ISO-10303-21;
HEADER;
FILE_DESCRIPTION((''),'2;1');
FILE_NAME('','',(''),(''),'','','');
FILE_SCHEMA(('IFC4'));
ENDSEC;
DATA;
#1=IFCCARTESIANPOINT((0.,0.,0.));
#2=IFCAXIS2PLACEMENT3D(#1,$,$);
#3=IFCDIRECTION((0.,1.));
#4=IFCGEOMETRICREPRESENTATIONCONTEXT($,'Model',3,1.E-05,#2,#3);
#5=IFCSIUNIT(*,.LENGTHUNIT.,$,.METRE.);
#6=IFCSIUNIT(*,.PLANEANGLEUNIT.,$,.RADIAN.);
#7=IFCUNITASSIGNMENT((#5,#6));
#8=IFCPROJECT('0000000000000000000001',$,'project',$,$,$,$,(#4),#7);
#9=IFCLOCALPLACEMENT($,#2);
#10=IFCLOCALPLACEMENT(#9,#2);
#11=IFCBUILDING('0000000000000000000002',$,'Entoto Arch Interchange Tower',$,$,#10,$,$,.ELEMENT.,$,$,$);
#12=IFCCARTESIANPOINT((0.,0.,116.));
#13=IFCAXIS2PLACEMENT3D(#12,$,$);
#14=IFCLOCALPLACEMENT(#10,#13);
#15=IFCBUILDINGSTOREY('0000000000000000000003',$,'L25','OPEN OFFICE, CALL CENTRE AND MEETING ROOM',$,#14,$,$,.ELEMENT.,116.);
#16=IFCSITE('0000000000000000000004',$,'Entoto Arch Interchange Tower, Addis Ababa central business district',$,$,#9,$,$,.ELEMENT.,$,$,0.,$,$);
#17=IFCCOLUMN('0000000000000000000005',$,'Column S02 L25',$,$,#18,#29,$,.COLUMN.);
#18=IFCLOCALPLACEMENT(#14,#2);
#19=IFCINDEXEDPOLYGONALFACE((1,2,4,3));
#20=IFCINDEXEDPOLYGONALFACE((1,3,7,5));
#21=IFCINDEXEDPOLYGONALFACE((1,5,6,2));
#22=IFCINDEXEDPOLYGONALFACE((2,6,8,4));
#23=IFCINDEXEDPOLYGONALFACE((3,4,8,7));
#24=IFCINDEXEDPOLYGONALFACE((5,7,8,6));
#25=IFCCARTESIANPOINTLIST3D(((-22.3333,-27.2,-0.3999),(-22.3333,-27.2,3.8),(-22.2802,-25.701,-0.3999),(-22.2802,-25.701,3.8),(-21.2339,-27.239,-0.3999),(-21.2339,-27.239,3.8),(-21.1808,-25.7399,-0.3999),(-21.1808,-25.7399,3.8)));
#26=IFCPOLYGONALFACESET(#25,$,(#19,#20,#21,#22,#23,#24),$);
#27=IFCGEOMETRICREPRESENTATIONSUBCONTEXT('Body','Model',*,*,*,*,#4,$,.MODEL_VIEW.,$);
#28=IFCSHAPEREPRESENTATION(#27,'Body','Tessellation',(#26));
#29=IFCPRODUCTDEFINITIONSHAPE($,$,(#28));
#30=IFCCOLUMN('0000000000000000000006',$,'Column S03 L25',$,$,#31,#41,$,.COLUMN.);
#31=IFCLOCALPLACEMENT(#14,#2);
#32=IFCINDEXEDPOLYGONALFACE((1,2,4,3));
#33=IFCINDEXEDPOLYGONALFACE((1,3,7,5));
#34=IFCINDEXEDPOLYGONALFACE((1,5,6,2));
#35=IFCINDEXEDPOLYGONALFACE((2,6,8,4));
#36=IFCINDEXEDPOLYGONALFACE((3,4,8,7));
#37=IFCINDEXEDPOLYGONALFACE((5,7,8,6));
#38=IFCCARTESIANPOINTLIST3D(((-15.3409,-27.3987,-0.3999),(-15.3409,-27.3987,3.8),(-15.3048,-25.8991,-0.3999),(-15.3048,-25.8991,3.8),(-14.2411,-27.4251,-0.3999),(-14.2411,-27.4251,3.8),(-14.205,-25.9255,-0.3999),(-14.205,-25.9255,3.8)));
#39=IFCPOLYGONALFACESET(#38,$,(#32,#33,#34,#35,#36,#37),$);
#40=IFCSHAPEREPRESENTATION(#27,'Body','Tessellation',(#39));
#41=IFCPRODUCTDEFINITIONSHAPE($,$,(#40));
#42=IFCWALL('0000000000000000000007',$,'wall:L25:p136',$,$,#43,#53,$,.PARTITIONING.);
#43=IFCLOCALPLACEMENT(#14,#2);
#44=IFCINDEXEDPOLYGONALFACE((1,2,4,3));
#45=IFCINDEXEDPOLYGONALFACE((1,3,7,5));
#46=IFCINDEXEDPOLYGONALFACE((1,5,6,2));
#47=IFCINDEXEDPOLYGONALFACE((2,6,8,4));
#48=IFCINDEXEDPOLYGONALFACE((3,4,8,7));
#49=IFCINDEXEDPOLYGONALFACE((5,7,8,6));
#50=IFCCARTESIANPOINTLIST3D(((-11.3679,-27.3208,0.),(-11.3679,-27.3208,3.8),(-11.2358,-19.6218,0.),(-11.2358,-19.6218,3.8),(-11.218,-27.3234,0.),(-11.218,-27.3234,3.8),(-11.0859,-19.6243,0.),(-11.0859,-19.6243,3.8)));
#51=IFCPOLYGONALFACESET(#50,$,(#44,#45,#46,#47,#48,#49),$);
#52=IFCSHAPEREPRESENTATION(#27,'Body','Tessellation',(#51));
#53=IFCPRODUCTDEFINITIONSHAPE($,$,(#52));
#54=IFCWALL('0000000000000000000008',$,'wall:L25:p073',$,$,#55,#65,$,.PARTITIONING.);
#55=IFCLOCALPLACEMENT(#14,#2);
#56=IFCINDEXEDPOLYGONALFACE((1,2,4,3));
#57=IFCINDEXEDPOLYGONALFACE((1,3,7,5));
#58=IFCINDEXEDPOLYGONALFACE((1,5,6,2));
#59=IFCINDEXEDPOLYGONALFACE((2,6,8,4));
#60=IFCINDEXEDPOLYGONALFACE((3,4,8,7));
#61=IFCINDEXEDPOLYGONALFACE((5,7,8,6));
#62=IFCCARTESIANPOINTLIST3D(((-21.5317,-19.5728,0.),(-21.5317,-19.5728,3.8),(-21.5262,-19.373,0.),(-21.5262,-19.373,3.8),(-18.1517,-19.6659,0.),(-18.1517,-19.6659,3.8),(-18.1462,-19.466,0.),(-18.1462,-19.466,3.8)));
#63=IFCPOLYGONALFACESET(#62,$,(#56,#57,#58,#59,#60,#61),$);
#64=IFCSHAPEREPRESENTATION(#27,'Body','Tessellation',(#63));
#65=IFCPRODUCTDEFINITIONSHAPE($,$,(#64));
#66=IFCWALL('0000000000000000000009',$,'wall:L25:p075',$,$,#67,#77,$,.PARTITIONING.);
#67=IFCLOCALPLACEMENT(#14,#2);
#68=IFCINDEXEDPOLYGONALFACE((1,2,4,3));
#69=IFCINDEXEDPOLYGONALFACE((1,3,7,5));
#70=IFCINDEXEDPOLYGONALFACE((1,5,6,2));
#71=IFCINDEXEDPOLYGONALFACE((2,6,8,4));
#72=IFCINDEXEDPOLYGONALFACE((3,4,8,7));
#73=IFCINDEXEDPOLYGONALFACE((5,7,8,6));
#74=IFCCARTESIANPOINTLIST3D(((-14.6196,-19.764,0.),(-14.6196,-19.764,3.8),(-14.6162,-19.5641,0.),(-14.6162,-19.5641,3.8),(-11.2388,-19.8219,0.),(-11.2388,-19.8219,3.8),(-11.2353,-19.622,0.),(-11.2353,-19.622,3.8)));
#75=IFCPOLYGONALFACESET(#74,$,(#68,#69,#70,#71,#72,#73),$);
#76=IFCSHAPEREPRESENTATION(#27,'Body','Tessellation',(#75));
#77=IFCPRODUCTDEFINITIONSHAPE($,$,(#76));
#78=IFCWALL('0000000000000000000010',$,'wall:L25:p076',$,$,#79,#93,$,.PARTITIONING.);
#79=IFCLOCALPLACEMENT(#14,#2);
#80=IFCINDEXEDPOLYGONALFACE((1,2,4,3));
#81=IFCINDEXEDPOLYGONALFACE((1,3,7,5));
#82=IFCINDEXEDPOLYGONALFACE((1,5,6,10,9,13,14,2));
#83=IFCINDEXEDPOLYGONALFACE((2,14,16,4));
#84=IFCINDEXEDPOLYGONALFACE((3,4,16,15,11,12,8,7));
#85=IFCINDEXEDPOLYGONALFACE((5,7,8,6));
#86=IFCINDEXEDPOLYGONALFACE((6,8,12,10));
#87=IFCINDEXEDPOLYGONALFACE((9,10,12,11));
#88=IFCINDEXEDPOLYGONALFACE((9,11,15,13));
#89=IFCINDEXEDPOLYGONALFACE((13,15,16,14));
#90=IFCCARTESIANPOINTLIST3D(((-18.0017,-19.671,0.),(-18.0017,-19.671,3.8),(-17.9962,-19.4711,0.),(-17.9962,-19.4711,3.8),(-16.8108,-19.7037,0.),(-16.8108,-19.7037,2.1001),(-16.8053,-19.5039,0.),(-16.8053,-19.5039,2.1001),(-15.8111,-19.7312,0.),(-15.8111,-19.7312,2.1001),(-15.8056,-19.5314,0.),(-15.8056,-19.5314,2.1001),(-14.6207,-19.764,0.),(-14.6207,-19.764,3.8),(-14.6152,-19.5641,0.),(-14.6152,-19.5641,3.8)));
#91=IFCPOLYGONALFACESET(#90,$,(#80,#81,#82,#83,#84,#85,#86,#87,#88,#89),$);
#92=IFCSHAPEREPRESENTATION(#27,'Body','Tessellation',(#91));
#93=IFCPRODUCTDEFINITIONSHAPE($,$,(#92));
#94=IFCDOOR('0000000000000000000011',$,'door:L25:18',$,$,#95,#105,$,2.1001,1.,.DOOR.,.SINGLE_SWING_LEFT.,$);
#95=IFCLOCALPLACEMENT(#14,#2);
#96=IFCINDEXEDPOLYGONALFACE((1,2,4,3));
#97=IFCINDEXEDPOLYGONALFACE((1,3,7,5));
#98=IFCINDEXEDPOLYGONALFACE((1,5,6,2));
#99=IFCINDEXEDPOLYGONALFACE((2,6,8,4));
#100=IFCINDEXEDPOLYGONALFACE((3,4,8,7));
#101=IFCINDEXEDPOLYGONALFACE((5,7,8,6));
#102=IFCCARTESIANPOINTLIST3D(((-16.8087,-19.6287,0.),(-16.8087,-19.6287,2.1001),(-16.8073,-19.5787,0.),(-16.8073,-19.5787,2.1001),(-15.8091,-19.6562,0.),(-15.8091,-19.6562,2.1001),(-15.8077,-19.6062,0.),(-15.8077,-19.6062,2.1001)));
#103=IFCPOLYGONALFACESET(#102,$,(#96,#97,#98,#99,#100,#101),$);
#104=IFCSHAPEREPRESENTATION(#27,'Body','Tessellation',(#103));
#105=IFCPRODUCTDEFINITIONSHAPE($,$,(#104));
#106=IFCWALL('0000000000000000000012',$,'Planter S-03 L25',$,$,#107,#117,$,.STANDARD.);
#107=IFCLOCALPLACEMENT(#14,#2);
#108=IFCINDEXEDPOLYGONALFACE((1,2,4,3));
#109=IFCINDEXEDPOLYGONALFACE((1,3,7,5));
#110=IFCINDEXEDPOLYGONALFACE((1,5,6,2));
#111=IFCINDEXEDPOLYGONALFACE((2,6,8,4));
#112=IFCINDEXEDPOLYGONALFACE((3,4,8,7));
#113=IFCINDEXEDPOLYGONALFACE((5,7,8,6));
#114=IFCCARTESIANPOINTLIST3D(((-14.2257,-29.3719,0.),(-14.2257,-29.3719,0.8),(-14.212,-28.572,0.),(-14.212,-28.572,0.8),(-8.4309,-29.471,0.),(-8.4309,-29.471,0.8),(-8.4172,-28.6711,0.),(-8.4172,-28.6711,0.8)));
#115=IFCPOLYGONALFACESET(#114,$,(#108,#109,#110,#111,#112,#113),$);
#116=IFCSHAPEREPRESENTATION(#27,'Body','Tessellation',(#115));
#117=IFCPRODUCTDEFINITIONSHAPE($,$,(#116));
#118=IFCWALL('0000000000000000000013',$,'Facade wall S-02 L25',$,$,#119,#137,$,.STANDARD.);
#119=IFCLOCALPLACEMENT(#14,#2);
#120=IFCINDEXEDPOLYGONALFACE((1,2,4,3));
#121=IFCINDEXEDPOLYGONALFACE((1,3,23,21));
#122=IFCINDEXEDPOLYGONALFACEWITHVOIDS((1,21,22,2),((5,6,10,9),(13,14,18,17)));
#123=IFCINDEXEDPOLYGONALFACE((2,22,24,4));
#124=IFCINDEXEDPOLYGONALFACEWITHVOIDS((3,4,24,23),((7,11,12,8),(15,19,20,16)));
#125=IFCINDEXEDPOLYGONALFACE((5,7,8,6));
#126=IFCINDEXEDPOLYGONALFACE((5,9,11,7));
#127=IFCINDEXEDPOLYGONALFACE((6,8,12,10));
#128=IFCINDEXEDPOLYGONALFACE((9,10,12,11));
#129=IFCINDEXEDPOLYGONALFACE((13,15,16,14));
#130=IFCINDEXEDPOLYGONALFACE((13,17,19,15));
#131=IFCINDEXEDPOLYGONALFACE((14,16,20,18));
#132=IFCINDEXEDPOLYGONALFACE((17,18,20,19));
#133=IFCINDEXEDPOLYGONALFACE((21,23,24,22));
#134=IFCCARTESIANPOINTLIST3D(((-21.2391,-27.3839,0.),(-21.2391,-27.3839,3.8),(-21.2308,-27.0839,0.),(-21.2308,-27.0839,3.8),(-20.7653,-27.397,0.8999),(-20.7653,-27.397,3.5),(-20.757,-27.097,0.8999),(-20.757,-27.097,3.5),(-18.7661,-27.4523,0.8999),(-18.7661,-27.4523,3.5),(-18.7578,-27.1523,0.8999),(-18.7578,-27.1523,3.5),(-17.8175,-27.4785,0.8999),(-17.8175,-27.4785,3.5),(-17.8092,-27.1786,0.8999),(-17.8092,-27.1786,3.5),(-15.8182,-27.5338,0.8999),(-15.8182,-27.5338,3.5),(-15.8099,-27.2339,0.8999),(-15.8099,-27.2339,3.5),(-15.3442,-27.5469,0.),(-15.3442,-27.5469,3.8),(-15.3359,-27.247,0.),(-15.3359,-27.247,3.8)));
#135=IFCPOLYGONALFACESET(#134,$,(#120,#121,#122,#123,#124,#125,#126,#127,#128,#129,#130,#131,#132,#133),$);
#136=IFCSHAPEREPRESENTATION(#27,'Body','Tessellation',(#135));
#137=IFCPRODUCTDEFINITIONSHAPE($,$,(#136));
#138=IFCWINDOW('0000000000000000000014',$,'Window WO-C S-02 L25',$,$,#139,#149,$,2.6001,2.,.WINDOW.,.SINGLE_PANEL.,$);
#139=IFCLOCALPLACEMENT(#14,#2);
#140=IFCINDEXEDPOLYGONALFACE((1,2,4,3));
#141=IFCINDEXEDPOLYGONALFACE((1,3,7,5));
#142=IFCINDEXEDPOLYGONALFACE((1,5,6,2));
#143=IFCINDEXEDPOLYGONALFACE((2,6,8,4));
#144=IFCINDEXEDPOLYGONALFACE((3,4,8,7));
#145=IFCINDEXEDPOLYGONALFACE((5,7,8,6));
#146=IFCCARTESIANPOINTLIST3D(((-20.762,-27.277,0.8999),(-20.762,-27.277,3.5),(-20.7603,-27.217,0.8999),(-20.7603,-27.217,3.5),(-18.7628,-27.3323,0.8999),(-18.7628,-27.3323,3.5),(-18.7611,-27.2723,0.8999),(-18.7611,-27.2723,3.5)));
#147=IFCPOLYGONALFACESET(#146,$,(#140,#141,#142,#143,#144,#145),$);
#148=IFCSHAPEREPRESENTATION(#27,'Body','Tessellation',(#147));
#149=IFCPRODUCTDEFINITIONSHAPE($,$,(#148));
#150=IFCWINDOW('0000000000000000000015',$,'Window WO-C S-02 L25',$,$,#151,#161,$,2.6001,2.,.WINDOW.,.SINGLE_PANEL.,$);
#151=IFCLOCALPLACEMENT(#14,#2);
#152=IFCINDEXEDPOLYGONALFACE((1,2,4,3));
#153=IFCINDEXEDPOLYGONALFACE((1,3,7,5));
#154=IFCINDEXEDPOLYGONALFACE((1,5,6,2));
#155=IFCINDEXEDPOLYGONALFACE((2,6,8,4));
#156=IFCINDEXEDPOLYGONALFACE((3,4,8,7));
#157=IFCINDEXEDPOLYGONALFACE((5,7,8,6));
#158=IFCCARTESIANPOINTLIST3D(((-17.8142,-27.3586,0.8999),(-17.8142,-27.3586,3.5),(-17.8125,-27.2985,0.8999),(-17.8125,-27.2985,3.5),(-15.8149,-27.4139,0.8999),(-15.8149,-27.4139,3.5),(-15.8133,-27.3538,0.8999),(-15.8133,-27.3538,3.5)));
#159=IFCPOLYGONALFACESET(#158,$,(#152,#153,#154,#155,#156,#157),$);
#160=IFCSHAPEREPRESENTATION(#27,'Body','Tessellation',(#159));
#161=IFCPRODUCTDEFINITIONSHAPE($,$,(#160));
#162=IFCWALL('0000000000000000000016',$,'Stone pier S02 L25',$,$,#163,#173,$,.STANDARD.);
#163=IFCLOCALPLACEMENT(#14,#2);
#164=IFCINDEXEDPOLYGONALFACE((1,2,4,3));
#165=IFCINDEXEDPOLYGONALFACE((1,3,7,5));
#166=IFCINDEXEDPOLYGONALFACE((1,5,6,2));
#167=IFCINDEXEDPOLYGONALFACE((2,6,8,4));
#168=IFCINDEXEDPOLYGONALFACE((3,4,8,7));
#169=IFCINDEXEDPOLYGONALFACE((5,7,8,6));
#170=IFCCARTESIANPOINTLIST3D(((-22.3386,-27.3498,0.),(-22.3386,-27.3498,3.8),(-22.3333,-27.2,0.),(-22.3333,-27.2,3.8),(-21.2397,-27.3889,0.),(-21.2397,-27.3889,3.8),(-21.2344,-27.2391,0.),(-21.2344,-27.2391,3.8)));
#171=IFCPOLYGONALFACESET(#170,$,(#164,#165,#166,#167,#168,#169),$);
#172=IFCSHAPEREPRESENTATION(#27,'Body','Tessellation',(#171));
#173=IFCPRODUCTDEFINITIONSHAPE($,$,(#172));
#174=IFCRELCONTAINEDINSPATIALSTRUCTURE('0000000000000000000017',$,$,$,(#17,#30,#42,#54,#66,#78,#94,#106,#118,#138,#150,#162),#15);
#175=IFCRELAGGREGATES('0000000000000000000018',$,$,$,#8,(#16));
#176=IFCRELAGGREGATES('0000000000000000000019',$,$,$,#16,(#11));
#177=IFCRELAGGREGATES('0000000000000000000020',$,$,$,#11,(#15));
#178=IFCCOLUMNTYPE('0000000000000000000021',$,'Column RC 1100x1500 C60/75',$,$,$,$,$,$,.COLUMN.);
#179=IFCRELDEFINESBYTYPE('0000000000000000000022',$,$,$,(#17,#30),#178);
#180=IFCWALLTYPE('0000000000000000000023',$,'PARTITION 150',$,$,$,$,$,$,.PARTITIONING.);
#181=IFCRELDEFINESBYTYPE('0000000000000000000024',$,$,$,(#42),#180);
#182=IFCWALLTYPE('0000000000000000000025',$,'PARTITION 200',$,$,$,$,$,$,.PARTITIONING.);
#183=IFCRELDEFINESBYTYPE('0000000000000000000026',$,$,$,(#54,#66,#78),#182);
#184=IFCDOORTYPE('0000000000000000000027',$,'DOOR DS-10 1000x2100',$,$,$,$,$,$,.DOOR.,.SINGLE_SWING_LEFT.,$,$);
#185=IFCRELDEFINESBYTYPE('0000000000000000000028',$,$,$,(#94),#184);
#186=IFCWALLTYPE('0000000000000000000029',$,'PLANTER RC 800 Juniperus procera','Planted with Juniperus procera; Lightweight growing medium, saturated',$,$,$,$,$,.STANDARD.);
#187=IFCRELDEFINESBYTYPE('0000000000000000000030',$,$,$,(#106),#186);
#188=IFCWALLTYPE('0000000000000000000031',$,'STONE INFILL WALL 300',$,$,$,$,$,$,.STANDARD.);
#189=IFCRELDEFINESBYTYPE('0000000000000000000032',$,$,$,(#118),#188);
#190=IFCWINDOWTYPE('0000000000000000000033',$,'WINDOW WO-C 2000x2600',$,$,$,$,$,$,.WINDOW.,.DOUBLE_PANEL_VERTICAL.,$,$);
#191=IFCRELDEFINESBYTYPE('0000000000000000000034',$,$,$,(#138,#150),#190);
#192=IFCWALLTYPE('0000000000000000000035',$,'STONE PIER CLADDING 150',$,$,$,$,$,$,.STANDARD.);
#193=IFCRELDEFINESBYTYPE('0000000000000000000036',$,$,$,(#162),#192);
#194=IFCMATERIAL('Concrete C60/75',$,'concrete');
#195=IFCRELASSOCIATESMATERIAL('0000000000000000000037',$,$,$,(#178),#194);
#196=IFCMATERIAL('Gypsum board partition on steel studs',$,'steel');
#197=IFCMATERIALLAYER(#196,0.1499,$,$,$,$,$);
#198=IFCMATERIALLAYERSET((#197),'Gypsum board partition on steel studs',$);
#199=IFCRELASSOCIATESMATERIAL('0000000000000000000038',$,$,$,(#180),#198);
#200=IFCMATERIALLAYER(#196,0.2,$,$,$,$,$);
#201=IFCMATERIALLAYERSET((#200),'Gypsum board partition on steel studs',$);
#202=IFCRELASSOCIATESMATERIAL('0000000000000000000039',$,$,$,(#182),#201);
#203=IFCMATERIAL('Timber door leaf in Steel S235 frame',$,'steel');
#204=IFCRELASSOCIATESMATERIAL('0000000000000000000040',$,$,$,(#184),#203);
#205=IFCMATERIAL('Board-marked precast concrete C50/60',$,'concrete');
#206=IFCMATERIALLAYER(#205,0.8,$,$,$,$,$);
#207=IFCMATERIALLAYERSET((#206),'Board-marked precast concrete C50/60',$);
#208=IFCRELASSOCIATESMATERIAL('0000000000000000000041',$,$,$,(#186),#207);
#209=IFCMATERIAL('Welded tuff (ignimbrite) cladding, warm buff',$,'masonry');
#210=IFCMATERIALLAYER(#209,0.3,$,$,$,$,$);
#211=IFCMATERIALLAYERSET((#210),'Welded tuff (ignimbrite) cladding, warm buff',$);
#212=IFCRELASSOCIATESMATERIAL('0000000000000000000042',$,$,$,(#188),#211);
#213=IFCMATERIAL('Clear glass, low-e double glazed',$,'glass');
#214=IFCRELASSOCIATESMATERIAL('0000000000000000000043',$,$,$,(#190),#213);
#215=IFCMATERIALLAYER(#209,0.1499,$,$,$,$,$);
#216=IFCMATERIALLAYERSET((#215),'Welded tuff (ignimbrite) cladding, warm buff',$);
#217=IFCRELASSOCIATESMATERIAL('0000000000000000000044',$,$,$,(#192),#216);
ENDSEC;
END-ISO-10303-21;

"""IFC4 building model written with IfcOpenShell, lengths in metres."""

from ifc_helpers import new_model, si_unit, direction, frame, frame_2d, origin, origin_2d, place, context, subcontext, project, spatial, rectangle, extrude, material, layer, layer_set, material_profile, profile_set, type_object, element, fill, save


model = new_model("IFC4")

# Units and contexts
model_context = context("Model", 3, precision=1e-05, world=origin(), true_north=direction((0.0, 1.0)))
body_context = subcontext(model_context, "Body", "Model", "MODEL_VIEW")
ifc_project = project(units=[si_unit("LENGTHUNIT", "METRE"), si_unit("PLANEANGLEUNIT", "RADIAN")], contexts=[model_context])

# Site, building, storey
site_placement = place(None, origin())
site = spatial("IfcSite", under=ifc_project, at=site_placement, Name="Entoto Arch Interchange Tower, Addis Ababa central business district", CompositionType="ELEMENT", RefElevation=0.0)
building_placement = place(site_placement, origin())
building = spatial("IfcBuilding", under=site, at=building_placement, Name="Entoto Arch Interchange Tower", CompositionType="ELEMENT")
storey_placement = place(building_placement, frame((0.0, 0.0, 116.0)))
storey = spatial("IfcBuildingStorey", under=building, at=storey_placement, Name="L25", Description="OPEN OFFICE, CALL CENTRE AND MEETING ROOM", CompositionType="ELEMENT", Elevation=116.0)

# Columns
ifc_material_1 = material(Name="Concrete C60/75", Category="concrete")
ifc_material_profile = material_profile(ifc_material_1, rectangle(XDim=1.1001, YDim=1.5, at=origin_2d()))
ifc_profile_set = profile_set([ifc_material_profile], Name="Concrete C60/75")
column_type = type_object("IfcColumnType", Name="Column RC 1100x1500 C60/75", PredefinedType="COLUMN", material=ifc_profile_set)
for number, where, z_axis, x_axis, name in (
    (1, (-21.7571, -26.47, -0.3999), (0.0, 0.0, 1.0), (-0.999374, 0.035388, 0.0), "Column S02 L25"),
    (2, (-14.7729, -26.6621, -0.3999), (0.0, 0.0, 1.0), (-0.999711, 0.024031, 0.0), "Column S03 L25"),
):
    element("IfcColumn", number, at=place(storey_placement, frame(where, z_axis=z_axis, x_axis=x_axis)), inside=storey, type_object=column_type, Name=name, PredefinedType="COLUMN", context=body_context, shape_type="SweptSolid", body=[
        extrude(rectangle(XDim=1.1001, YDim=1.5, at=origin_2d()), origin(), (0.0, 0.0, 1.0), 4.2),
    ])

# Walls
ifc_material_2 = material(Name="Gypsum board partition on steel studs", Category="steel")
ifc_layer_1 = layer(ifc_material_2, 0.1499)
ifc_layer_set_1 = layer_set([ifc_layer_1], Name="Gypsum board partition on steel studs")
wall_type_1 = type_object("IfcWallType", Name="PARTITION 150", PredefinedType="PARTITIONING", material=ifc_layer_set_1)
wall_1_placement = place(storey_placement, frame((-11.1609, -19.623, 0.0), z_axis=(0.0, 0.0, 1.0), x_axis=(-0.017153, -0.999853, 0.0)))
element("IfcWall", 3, at=wall_1_placement, inside=storey, type_object=wall_type_1, Name="wall:L25:p136", PredefinedType="PARTITIONING", context=body_context, shape_type="SweptSolid", body=[
    extrude(rectangle(XDim=7.7002, YDim=0.1499, at=frame_2d((3.8501, 0.0))), origin(), (0.0, 0.0, 1.0), 3.8),
])
ifc_layer_2 = layer(ifc_material_2, 0.2)
ifc_layer_set_2 = layer_set([ifc_layer_2], Name="Gypsum board partition on steel studs")
wall_type_2 = type_object("IfcWallType", Name="PARTITION 200", PredefinedType="PARTITIONING", material=ifc_layer_set_2)
for number, where, z_axis, x_axis, name in (
    (4, (-18.1489, -19.5659, 0.0), (0.0, 0.0, 1.0), (-0.999622, 0.027509, 0.0), "wall:L25:p073"),
    (5, (-11.2371, -19.7219, 0.0), (0.0, 0.0, 1.0), (-0.999854, 0.017112, 0.0), "wall:L25:p075"),
):
    element("IfcWall", number, at=place(storey_placement, frame(where, z_axis=z_axis, x_axis=x_axis)), inside=storey, type_object=wall_type_2, Name=name, PredefinedType="PARTITIONING", context=body_context, shape_type="SweptSolid", body=[
        extrude(rectangle(XDim=3.3813, YDim=0.2, at=frame_2d((1.6907, 0.0))), origin(), (0.0, 0.0, 1.0), 3.8),
    ])

# Wall, opening, door
wall_2_placement = place(storey_placement, frame((-14.6179, -19.6641, 0.0), z_axis=(0.0, 0.0, 1.0), x_axis=(-0.999622, 0.027501, 0.0)))
wall_2 = element("IfcWall", 6, at=wall_2_placement, inside=storey, type_object=wall_type_2, Name="wall:L25:p076", PredefinedType="PARTITIONING", context=body_context, shape_type="SweptSolid", body=[
    extrude(rectangle(XDim=3.3823, YDim=0.2, at=frame_2d((1.6912, 0.0))), origin(), (0.0, 0.0, 1.0), 3.8),
])
opening_1_placement = place(wall_2_placement, frame((1.1909, 0.0, 0.0)))
opening_1 = element("IfcOpeningElement", 7, at=opening_1_placement, cuts=wall_2, PredefinedType="OPENING", context=body_context, shape_type="SweptSolid", body=[
    extrude(rectangle(XDim=1.0, YDim=2.1001, at=frame_2d((0.5, 1.05))), frame((0.0, 0.1099, 0.0), z_axis=(0.0, -1.0, 0.0), x_axis=(1.0, 0.0, 0.0)), (0.0, 0.0, 1.0), 0.22),
])
ifc_material_3 = material(Name="Timber door leaf in Steel S235 frame", Category="steel")
door_type_1 = type_object("IfcDoorType", Name="DOOR DS-10 1000x2100", OperationType="SINGLE_SWING_LEFT", PredefinedType="DOOR", material=ifc_material_3)
door_1_placement = place(opening_1_placement, origin())
door_1 = element("IfcDoor", 8, at=door_1_placement, inside=storey, type_object=door_type_1, Name="door:L25:18", OperationType="SINGLE_SWING_LEFT", OverallHeight=2.1001, OverallWidth=1.0, PredefinedType="DOOR", context=body_context, shape_type="SweptSolid", body=[
    extrude(rectangle(XDim=1.0, YDim=2.1001, at=frame_2d((0.5, 1.05))), frame((0.0, 0.0249, 0.0), z_axis=(0.0, -1.0, 0.0), x_axis=(1.0, 0.0, 0.0)), (0.0, 0.0, 1.0), 0.05),
])
fill(opening_1, door_1)

# Wall
ifc_material_4 = material(Name="Board-marked precast concrete C50/60", Category="concrete")
ifc_layer_3 = layer(ifc_material_4, 0.8)
ifc_layer_set_3 = layer_set([ifc_layer_3], Name="Board-marked precast concrete C50/60")
wall_type_3 = type_object("IfcWallType", Name="PLANTER RC 800 Juniperus procera", Description="Planted with Juniperus procera; Lightweight growing medium, saturated", PredefinedType="STANDARD", material=ifc_layer_set_3)
wall_3_placement = place(storey_placement, frame((-14.219, -28.9719, 0.0), z_axis=(0.0, 0.0, 1.0), x_axis=(0.999854, -0.017102, 0.0)))
element("IfcWall", 9, at=wall_3_placement, inside=storey, type_object=wall_type_3, Name="Planter S-03 L25", PredefinedType="STANDARD", context=body_context, shape_type="SweptSolid", body=[
    extrude(rectangle(XDim=5.7957, YDim=0.8, at=frame_2d((2.8979, 0.0))), origin(), (0.0, 0.0, 1.0), 0.8),
])

# Wall, openings, windows
ifc_material_5 = material(Name="Welded tuff (ignimbrite) cladding, warm buff", Category="masonry")
ifc_layer_4 = layer(ifc_material_5, 0.3)
ifc_layer_set_4 = layer_set([ifc_layer_4], Name="Welded tuff (ignimbrite) cladding, warm buff")
wall_type_4 = type_object("IfcWallType", Name="STONE INFILL WALL 300", PredefinedType="STANDARD", material=ifc_layer_set_4)
wall_4_placement = place(storey_placement, frame((-21.2351, -27.2339, 0.0), z_axis=(0.0, 0.0, 1.0), x_axis=(0.999618, -0.027654, 0.0)))
wall_4 = element("IfcWall", 10, at=wall_4_placement, inside=storey, type_object=wall_type_4, Name="Facade wall S-02 L25", PredefinedType="STANDARD", context=body_context, shape_type="SweptSolid", body=[
    extrude(rectangle(XDim=5.8972, YDim=0.3, at=frame_2d((2.9487, 0.0))), origin(), (0.0, 0.0, 1.0), 3.8),
])
opening_2_placement = place(wall_4_placement, frame((0.4741, 0.0, 0.8999)))
opening_2 = element("IfcOpeningElement", 11, at=opening_2_placement, cuts=wall_4, PredefinedType="OPENING", context=body_context, shape_type="SweptSolid", body=[
    extrude(rectangle(XDim=2.0, YDim=2.6001, at=frame_2d((1.0, 1.3))), frame((0.0, 0.1602, 0.0), z_axis=(0.0, -1.0, 0.0), x_axis=(1.0, 0.0, 0.0)), (0.0, 0.0, 1.0), 0.3201),
])
opening_3_placement = place(wall_4_placement, frame((3.4231, 0.0, 0.8999)))
opening_3 = element("IfcOpeningElement", 12, at=opening_3_placement, cuts=wall_4, PredefinedType="OPENING", context=body_context, shape_type="SweptSolid", body=[
    extrude(rectangle(XDim=2.0, YDim=2.6001, at=frame_2d((1.0, 1.3))), frame((0.0, 0.1602, 0.0), z_axis=(0.0, -1.0, 0.0), x_axis=(1.0, 0.0, 0.0)), (0.0, 0.0, 1.0), 0.3201),
])
ifc_material_6 = material(Name="Clear glass, low-e double glazed", Category="glass")
window_type = type_object("IfcWindowType", Name="WINDOW WO-C 2000x2600", PartitioningType="DOUBLE_PANEL_VERTICAL", PredefinedType="WINDOW", material=ifc_material_6)
window_1_placement = place(opening_2_placement, origin())
window_1 = element("IfcWindow", 13, at=window_1_placement, inside=storey, type_object=window_type, Name="Window WO-C S-02 L25", OverallHeight=2.6001, OverallWidth=2.0, PartitioningType="SINGLE_PANEL", PredefinedType="WINDOW", context=body_context, shape_type="SweptSolid", body=[
    extrude(rectangle(XDim=2.0, YDim=2.6001, at=frame_2d((1.0, 1.3))), frame((0.0, 0.03, 0.0), z_axis=(0.0, -1.0, 0.0), x_axis=(1.0, 0.0, 0.0)), (0.0, 0.0, 1.0), 0.0601),
])
fill(opening_2, window_1)
window_2_placement = place(opening_3_placement, origin())
window_2 = element("IfcWindow", 14, at=window_2_placement, inside=storey, type_object=window_type, Name="Window WO-C S-02 L25", OverallHeight=2.6001, OverallWidth=2.0, PartitioningType="SINGLE_PANEL", PredefinedType="WINDOW", context=body_context, shape_type="SweptSolid", body=[
    extrude(rectangle(XDim=2.0, YDim=2.6001, at=frame_2d((1.0, 1.3))), frame((0.0, 0.03, 0.0), z_axis=(0.0, -1.0, 0.0), x_axis=(1.0, 0.0, 0.0)), (0.0, 0.0, 1.0), 0.0601),
])
fill(opening_3, window_2)

# Wall
ifc_layer_5 = layer(ifc_material_5, 0.1499)
ifc_layer_set_5 = layer_set([ifc_layer_5], Name="Welded tuff (ignimbrite) cladding, warm buff")
wall_type_5 = type_object("IfcWallType", Name="STONE PIER CLADDING 150", PredefinedType="STANDARD", material=ifc_layer_set_5)
wall_5_placement = place(storey_placement, frame((-22.3359, -27.2749, 0.0), z_axis=(0.0, 0.0, 1.0), x_axis=(0.999369, -0.035525, 0.0)))
element("IfcWall", 15, at=wall_5_placement, inside=storey, type_object=wall_type_5, Name="Stone pier S02 L25", PredefinedType="STANDARD", context=body_context, shape_type="SweptSolid", body=[
    extrude(rectangle(XDim=1.0996, YDim=0.1499, at=frame_2d((0.5498, 0.0))), origin(), (0.0, 0.0, 1.0), 3.8),
])

save(model, "model.ifc")
